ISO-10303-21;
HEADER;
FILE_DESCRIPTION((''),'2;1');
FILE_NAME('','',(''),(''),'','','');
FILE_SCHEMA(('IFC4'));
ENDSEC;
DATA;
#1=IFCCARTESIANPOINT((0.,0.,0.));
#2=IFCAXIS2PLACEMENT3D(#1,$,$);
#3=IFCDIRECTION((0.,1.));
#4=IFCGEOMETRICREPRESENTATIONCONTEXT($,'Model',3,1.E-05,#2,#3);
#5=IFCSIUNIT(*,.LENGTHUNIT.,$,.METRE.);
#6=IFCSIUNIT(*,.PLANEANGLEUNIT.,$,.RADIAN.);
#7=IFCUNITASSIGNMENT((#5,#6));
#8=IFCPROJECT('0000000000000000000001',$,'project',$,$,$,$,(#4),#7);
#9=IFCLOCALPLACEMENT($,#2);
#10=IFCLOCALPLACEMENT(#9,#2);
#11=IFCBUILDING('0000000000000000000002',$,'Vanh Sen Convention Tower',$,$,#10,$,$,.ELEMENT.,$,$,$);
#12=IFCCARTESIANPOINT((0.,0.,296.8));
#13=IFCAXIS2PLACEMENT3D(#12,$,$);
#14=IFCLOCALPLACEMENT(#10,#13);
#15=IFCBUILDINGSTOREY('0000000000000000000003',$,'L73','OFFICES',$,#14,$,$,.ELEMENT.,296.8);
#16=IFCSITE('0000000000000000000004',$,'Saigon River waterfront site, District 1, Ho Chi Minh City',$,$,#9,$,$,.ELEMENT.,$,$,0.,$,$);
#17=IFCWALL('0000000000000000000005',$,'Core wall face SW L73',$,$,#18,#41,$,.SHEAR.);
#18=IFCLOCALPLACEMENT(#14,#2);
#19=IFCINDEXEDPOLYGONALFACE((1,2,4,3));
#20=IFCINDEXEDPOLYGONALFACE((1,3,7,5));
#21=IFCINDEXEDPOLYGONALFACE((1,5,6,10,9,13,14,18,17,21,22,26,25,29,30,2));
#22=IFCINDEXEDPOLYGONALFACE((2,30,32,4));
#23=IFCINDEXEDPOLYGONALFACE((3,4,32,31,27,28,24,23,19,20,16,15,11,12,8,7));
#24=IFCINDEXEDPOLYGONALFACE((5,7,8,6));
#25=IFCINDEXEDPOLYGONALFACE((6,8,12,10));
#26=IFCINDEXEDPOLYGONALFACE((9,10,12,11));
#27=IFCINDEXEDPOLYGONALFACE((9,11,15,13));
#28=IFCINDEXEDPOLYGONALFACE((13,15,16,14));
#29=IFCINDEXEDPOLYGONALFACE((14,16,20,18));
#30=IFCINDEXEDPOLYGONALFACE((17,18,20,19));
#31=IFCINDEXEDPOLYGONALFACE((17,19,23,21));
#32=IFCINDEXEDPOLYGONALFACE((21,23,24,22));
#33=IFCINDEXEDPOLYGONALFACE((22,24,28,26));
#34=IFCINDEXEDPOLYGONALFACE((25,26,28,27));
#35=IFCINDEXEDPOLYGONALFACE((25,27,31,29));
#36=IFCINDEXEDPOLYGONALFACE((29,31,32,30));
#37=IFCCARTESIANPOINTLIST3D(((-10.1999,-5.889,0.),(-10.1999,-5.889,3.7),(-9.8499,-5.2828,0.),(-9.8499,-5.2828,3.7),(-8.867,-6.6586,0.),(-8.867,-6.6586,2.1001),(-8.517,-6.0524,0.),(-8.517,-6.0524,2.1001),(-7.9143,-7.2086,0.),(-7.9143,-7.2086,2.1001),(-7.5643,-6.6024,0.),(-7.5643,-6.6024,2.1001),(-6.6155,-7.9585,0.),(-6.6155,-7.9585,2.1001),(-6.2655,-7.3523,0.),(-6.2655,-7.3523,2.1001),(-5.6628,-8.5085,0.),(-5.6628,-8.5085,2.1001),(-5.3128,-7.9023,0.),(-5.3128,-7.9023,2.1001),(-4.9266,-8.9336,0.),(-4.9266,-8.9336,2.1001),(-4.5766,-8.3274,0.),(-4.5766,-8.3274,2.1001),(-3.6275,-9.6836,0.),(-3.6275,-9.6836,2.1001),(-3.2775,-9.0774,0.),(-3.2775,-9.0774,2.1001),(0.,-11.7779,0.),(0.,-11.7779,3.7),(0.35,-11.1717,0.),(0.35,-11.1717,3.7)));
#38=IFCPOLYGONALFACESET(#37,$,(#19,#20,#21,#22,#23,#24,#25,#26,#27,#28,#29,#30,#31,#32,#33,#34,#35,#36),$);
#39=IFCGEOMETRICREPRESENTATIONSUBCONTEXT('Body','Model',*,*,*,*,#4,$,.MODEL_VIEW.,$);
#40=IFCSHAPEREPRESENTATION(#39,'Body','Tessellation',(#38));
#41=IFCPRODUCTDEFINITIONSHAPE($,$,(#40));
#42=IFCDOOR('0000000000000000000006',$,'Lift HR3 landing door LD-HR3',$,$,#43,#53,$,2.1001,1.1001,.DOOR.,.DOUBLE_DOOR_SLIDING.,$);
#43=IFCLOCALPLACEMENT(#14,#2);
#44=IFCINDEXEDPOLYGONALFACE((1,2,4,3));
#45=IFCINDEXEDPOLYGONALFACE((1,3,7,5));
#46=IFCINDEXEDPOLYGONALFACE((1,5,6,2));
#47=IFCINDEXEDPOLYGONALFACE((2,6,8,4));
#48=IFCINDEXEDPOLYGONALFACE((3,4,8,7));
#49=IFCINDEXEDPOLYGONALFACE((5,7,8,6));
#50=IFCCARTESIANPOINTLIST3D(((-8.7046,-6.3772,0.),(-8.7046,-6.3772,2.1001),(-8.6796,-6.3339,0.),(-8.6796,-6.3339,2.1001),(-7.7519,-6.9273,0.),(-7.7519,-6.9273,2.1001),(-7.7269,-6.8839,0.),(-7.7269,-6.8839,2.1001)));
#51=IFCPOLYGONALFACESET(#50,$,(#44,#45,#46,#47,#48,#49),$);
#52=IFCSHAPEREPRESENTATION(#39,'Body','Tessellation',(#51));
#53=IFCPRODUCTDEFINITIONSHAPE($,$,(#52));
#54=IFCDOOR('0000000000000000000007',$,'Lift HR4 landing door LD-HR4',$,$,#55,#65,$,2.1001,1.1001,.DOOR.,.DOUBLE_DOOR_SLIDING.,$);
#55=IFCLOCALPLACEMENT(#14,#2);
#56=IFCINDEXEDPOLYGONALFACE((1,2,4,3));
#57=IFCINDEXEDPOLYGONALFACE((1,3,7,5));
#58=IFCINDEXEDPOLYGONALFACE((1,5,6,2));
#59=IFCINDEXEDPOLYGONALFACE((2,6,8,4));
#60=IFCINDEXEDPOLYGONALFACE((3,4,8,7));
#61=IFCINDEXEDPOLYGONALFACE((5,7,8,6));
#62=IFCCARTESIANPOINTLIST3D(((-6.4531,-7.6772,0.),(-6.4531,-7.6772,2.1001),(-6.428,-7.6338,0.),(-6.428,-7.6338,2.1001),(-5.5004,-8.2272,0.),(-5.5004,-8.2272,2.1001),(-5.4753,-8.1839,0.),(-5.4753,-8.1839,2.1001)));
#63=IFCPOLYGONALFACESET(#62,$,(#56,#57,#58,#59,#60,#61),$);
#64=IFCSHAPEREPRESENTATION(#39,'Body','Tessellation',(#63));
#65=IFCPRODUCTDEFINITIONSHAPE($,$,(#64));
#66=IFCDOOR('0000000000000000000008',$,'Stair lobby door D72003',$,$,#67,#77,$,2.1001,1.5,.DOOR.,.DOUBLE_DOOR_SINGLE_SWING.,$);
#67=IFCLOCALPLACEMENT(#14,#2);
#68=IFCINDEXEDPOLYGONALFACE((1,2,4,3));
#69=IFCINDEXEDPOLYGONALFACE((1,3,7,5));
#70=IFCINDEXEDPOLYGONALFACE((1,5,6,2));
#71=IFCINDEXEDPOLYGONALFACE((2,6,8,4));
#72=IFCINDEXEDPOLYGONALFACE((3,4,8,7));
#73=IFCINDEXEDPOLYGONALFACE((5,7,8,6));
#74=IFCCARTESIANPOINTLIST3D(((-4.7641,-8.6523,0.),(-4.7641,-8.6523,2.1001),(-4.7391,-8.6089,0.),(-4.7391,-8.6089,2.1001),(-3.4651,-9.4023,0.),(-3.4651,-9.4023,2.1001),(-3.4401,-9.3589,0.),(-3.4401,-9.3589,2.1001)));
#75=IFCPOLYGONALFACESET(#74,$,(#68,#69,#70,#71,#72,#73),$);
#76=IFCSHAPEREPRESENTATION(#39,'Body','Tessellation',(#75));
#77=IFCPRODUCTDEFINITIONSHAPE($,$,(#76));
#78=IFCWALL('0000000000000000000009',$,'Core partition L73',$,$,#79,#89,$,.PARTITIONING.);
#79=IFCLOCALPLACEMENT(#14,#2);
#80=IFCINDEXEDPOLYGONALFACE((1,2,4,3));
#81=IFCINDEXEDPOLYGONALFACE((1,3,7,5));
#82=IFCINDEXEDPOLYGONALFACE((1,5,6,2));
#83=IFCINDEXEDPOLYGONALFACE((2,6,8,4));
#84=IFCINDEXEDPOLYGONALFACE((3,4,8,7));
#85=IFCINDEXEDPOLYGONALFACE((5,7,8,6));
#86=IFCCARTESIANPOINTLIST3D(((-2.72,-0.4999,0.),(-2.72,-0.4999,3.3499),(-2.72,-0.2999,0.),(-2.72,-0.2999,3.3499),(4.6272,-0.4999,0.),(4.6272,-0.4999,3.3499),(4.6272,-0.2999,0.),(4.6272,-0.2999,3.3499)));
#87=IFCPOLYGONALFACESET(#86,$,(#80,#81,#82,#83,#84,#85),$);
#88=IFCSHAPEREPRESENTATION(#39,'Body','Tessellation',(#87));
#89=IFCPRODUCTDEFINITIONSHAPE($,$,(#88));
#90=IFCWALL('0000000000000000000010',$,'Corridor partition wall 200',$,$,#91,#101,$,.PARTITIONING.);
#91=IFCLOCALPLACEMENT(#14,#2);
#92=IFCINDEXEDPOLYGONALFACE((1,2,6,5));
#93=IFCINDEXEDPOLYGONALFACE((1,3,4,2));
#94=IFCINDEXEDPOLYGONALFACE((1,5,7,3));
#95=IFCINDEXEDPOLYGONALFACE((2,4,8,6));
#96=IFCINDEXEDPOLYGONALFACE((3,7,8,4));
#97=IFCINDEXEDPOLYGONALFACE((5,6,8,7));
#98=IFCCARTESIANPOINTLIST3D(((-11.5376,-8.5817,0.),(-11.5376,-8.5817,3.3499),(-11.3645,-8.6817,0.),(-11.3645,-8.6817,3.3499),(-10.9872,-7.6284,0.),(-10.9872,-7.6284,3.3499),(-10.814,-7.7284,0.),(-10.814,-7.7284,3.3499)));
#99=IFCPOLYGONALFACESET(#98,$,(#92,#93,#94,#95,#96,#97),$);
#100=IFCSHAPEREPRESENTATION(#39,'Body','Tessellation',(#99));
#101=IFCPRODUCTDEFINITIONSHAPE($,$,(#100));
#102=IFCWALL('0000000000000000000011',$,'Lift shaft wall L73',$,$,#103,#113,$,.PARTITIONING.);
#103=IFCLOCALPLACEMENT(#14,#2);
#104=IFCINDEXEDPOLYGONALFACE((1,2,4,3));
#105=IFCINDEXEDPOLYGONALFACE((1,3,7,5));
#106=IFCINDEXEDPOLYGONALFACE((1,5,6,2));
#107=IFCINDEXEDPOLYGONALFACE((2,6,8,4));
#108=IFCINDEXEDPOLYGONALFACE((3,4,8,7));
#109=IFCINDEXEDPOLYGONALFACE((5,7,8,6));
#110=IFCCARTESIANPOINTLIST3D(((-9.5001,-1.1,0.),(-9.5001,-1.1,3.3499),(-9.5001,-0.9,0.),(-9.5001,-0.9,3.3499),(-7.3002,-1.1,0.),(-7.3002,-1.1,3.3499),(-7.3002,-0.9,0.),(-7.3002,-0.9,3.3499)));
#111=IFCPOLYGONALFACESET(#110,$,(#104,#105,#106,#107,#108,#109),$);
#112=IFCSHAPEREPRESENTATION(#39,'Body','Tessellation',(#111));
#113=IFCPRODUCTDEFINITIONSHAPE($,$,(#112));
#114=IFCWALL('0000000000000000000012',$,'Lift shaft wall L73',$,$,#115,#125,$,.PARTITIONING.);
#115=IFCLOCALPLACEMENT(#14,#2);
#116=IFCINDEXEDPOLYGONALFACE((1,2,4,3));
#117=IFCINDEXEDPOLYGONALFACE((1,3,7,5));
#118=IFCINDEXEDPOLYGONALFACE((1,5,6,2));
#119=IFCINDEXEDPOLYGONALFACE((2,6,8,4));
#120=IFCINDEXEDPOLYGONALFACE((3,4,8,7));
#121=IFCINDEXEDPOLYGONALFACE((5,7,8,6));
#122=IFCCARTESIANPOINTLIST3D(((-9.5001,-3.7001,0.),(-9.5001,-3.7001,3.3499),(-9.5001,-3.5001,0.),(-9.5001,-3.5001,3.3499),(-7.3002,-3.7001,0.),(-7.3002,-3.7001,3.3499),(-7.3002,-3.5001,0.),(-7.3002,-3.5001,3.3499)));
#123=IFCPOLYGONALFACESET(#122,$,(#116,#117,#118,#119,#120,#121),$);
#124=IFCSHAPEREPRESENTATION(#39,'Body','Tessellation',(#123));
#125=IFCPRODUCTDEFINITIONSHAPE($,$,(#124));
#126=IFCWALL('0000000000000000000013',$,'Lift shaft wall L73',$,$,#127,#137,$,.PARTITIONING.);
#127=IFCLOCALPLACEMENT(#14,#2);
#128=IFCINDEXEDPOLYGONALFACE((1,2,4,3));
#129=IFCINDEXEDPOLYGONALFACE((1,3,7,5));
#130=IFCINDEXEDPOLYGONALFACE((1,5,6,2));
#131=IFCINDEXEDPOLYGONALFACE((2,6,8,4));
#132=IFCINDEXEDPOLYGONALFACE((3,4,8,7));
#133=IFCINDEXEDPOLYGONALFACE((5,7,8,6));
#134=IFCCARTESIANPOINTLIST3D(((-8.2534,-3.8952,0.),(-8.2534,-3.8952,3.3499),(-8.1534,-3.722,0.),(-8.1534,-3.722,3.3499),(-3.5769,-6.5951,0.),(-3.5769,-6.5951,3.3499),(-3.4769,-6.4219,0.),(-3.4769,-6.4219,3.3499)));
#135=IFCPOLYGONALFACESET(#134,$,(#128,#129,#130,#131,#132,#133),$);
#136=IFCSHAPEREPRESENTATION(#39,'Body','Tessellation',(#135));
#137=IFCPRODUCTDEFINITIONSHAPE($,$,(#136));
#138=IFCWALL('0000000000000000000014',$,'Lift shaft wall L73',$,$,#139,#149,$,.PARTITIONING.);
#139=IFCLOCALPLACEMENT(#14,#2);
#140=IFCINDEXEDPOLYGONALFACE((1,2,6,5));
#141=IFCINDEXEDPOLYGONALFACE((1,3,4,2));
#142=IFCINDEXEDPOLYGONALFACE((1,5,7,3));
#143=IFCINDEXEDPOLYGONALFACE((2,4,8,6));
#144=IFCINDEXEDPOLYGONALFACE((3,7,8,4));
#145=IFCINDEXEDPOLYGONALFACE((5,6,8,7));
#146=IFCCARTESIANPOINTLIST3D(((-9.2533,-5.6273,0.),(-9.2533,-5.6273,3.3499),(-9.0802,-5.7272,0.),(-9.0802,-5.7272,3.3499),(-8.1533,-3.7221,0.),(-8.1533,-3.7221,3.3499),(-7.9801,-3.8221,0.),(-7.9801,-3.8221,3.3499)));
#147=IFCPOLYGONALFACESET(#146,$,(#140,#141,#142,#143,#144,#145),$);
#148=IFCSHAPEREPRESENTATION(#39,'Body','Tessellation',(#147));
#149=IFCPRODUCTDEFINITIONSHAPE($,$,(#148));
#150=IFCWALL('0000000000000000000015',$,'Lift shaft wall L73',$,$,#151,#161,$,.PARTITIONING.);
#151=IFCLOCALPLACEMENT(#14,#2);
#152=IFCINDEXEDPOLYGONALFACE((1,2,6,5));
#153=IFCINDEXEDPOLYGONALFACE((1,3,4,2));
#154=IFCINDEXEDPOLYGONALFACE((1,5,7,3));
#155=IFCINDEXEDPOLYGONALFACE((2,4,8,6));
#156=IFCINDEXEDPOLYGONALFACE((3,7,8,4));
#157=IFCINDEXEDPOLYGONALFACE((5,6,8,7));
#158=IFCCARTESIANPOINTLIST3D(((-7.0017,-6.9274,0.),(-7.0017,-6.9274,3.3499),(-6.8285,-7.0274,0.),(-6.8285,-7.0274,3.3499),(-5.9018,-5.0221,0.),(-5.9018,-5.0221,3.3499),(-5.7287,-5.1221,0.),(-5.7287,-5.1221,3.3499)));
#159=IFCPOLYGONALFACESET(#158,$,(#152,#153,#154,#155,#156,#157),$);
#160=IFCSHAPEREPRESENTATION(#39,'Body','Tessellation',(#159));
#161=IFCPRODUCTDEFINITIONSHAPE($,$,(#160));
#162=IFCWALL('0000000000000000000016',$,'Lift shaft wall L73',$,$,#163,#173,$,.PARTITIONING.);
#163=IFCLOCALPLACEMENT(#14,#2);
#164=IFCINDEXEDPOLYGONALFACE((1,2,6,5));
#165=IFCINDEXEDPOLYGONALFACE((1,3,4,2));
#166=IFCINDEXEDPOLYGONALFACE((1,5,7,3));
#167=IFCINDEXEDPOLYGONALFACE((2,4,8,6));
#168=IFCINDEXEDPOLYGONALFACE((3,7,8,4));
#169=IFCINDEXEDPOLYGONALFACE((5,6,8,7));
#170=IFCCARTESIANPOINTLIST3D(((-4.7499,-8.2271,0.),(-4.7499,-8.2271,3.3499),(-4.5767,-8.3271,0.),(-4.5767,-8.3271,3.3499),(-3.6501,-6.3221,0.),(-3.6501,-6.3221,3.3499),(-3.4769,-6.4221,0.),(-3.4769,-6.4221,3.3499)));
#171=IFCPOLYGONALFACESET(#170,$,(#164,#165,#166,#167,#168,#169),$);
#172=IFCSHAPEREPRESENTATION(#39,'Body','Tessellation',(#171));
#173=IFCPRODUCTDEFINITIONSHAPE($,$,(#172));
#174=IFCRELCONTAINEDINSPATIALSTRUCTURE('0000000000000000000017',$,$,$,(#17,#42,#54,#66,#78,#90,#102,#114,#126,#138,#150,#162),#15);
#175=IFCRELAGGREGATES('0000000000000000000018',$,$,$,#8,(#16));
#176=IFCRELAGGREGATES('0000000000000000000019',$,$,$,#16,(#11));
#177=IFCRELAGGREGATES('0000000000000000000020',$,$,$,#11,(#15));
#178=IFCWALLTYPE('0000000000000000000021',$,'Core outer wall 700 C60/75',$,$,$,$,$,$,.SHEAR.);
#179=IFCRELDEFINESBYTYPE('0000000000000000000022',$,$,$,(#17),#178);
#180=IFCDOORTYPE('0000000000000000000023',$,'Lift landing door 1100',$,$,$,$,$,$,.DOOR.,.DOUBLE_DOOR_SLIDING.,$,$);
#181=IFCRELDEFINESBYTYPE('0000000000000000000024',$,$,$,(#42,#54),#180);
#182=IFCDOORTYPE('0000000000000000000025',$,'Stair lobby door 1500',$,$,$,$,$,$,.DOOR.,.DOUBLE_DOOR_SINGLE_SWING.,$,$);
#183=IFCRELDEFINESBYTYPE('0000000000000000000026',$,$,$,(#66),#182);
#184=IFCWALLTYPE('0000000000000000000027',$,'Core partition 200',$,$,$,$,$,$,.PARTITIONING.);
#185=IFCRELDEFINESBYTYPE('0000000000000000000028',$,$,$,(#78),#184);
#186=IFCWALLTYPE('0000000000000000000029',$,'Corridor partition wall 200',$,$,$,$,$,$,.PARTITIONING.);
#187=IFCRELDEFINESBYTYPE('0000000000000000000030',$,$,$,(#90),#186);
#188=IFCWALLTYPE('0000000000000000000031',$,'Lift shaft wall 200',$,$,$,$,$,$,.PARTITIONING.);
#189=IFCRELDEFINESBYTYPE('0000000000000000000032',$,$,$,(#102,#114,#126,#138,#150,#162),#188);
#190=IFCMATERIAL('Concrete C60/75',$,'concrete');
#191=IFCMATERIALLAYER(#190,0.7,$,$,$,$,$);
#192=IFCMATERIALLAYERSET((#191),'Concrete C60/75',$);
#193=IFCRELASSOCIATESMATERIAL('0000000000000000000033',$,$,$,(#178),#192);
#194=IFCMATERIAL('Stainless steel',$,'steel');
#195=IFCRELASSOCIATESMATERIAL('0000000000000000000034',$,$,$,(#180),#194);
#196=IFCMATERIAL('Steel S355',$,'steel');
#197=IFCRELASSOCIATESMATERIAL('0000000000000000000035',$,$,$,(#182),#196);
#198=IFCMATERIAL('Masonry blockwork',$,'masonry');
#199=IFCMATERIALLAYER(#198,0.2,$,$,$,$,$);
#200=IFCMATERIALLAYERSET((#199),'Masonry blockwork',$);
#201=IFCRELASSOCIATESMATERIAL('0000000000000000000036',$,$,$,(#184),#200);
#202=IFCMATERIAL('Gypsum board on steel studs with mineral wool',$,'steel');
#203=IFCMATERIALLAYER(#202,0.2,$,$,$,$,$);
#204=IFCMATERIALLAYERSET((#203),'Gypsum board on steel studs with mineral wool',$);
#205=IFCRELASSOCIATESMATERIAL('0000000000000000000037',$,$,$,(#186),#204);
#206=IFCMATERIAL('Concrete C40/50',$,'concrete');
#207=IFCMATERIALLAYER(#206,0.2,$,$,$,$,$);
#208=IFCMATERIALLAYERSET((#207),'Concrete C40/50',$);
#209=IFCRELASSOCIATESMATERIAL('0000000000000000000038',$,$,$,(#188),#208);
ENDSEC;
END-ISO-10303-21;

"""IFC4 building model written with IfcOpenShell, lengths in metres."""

from ifc_helpers import new_model, si_unit, direction, frame, frame_2d, origin, place, context, subcontext, project, spatial, rectangle, extrude, material, layer, layer_set, type_object, element, fill, save


model = new_model("IFC4")

# Units and contexts
model_context = context("Model", 3, precision=1e-05, world=origin(), true_north=direction((0.0, 1.0)))
body_context = subcontext(model_context, "Body", "Model", "MODEL_VIEW")
ifc_project = project(units=[si_unit("LENGTHUNIT", "METRE"), si_unit("PLANEANGLEUNIT", "RADIAN")], contexts=[model_context])

# Site, building, storey
site_placement = place(None, origin())
site = spatial("IfcSite", under=ifc_project, at=site_placement, Name="Saigon River waterfront site, District 1, Ho Chi Minh City", CompositionType="ELEMENT", RefElevation=0.0)
building_placement = place(site_placement, origin())
building = spatial("IfcBuilding", under=site, at=building_placement, Name="Vanh Sen Convention Tower", CompositionType="ELEMENT")
storey_placement = place(building_placement, frame((0.0, 0.0, 296.8)))
storey = spatial("IfcBuildingStorey", under=building, at=storey_placement, Name="L73", Description="OFFICES", CompositionType="ELEMENT", Elevation=296.8)

# Shared definitions
ifc_material_1 = material(Name="Concrete C40/50", Category="concrete")

# Wall, openings, doors
ifc_material_2 = material(Name="Concrete C60/75", Category="concrete")
ifc_layer_1 = layer(ifc_material_2, 0.7)
ifc_layer_set_1 = layer_set([ifc_layer_1], Name="Concrete C60/75")
wall_type_1 = type_object("IfcWallType", Name="Core outer wall 700 C60/75", PredefinedType="SHEAR", material=ifc_layer_set_1)
wall_1_placement = place(storey_placement, frame((-10.0249, -5.5859, 0.0), z_axis=(0.0, 0.0, 1.0), x_axis=(0.866026, -0.499998, 0.0)))
wall_1 = element("IfcWall", 1, at=wall_1_placement, inside=storey, type_object=wall_type_1, Name="Core wall face SW L73", PredefinedType="SHEAR", context=body_context, shape_type="SweptSolid", body=[
    extrude(rectangle(XDim=11.7778, YDim=0.7, at=frame_2d((5.8889, 0.0))), origin(), (0.0, 0.0, 1.0), 3.7),
])
opening_1_placement = place(wall_1_placement, frame((6.0891, 0.0, 0.0)))
opening_1 = element("IfcOpeningElement", 2, at=opening_1_placement, cuts=wall_1, PredefinedType="OPENING", context=body_context, shape_type="SweptSolid", body=[
    extrude(rectangle(XDim=1.5, YDim=2.1001, at=frame_2d((0.75, 1.05))), frame((0.0, 0.3599, 0.0), z_axis=(0.0, -1.0, 0.0), x_axis=(1.0, 0.0, 0.0)), (0.0, 0.0, 1.0), 0.72),
])
opening_2_placement = place(wall_1_placement, frame((1.5391, 0.0, 0.0)))
opening_2 = element("IfcOpeningElement", 3, at=opening_2_placement, cuts=wall_1, PredefinedType="OPENING", context=body_context, shape_type="SweptSolid", body=[
    extrude(rectangle(XDim=1.1001, YDim=2.1001, at=frame_2d((0.55, 1.05))), frame((0.0, 0.3599, 0.0), z_axis=(0.0, -1.0, 0.0), x_axis=(1.0, 0.0, 0.0)), (0.0, 0.0, 1.0), 0.72),
])
opening_3_placement = place(wall_1_placement, frame((4.1389, 0.0, 0.0)))
opening_3 = element("IfcOpeningElement", 4, at=opening_3_placement, cuts=wall_1, PredefinedType="OPENING", context=body_context, shape_type="SweptSolid", body=[
    extrude(rectangle(XDim=1.1001, YDim=2.1001, at=frame_2d((0.55, 1.05))), frame((0.0, 0.3599, 0.0), z_axis=(0.0, -1.0, 0.0), x_axis=(1.0, 0.0, 0.0)), (0.0, 0.0, 1.0), 0.72),
])
ifc_material_3 = material(Name="Stainless steel", Category="steel")
door_type_1 = type_object("IfcDoorType", Name="Lift landing door 1100", OperationType="DOUBLE_DOOR_SLIDING", PredefinedType="DOOR", material=ifc_material_3)
door_1_placement = place(opening_2_placement, origin())
door_1 = element("IfcDoor", 5, at=door_1_placement, inside=storey, type_object=door_type_1, Name="Lift HR3 landing door LD-HR3", OperationType="DOUBLE_DOOR_SLIDING", OverallHeight=2.1001, OverallWidth=1.1001, PredefinedType="DOOR", context=body_context, shape_type="SweptSolid", body=[
    extrude(rectangle(XDim=1.1001, YDim=2.1001, at=frame_2d((0.55, 1.05))), frame((0.0, 0.0249, 0.0), z_axis=(0.0, -1.0, 0.0), x_axis=(1.0, 0.0, 0.0)), (0.0, 0.0, 1.0), 0.05),
])
fill(opening_2, door_1)
door_2_placement = place(opening_3_placement, origin())
door_2 = element("IfcDoor", 6, at=door_2_placement, inside=storey, type_object=door_type_1, Name="Lift HR4 landing door LD-HR4", OperationType="DOUBLE_DOOR_SLIDING", OverallHeight=2.1001, OverallWidth=1.1001, PredefinedType="DOOR", context=body_context, shape_type="SweptSolid", body=[
    extrude(rectangle(XDim=1.1001, YDim=2.1001, at=frame_2d((0.55, 1.05))), frame((0.0, 0.0249, 0.0), z_axis=(0.0, -1.0, 0.0), x_axis=(1.0, 0.0, 0.0)), (0.0, 0.0, 1.0), 0.05),
])
fill(opening_3, door_2)
ifc_material_4 = material(Name="Steel S355", Category="steel")
door_type_2 = type_object("IfcDoorType", Name="Stair lobby door 1500", OperationType="DOUBLE_DOOR_SINGLE_SWING", PredefinedType="DOOR", material=ifc_material_4)
door_3_placement = place(opening_1_placement, origin())
door_3 = element("IfcDoor", 7, at=door_3_placement, inside=storey, type_object=door_type_2, Name="Stair lobby door D72003", OperationType="DOUBLE_DOOR_SINGLE_SWING", OverallHeight=2.1001, OverallWidth=1.5, PredefinedType="DOOR", context=body_context, shape_type="SweptSolid", body=[
    extrude(rectangle(XDim=1.5, YDim=2.1001, at=frame_2d((0.75, 1.05))), frame((0.0, 0.0249, 0.0), z_axis=(0.0, -1.0, 0.0), x_axis=(1.0, 0.0, 0.0)), (0.0, 0.0, 1.0), 0.05),
])
fill(opening_1, door_3)

# Walls
ifc_material_5 = material(Name="Masonry blockwork", Category="masonry")
ifc_layer_2 = layer(ifc_material_5, 0.2)
ifc_layer_set_2 = layer_set([ifc_layer_2], Name="Masonry blockwork")
wall_type_2 = type_object("IfcWallType", Name="Core partition 200", PredefinedType="PARTITIONING", material=ifc_layer_set_2)
wall_2_placement = place(storey_placement, frame((-2.72, -0.3999, 0.0), z_axis=(0.0, 0.0, 1.0), x_axis=(1.0, 0.0, 0.0)))
element("IfcWall", 8, at=wall_2_placement, inside=storey, type_object=wall_type_2, Name="Core partition L73", PredefinedType="PARTITIONING", context=body_context, shape_type="SweptSolid", body=[
    extrude(rectangle(XDim=7.3472, YDim=0.2, at=frame_2d((3.6736, 0.0))), origin(), (0.0, 0.0, 1.0), 3.3499),
])
ifc_material_6 = material(Name="Gypsum board on steel studs with mineral wool", Category="steel")
ifc_layer_3 = layer(ifc_material_6, 0.2)
ifc_layer_set_3 = layer_set([ifc_layer_3], Name="Gypsum board on steel studs with mineral wool")
wall_type_3 = type_object("IfcWallType", Name="Corridor partition wall 200", PredefinedType="PARTITIONING", material=ifc_layer_set_3)
wall_3_placement = place(storey_placement, frame((-10.9006, -7.6785, 0.0), z_axis=(0.0, 0.0, 1.0), x_axis=(-0.500074, -0.865982, 0.0)))
element("IfcWall", 9, at=wall_3_placement, inside=storey, type_object=wall_type_3, Name="Corridor partition wall 200", PredefinedType="PARTITIONING", context=body_context, shape_type="SweptSolid", body=[
    extrude(rectangle(XDim=1.1008, YDim=0.2, at=frame_2d((0.5503, 0.0))), origin(), (0.0, 0.0, 1.0), 3.3499),
])
ifc_layer_4 = layer(ifc_material_1, 0.2)
ifc_layer_set_4 = layer_set([ifc_layer_4], Name="Concrete C40/50")
wall_type_4 = type_object("IfcWallType", Name="Lift shaft wall 200", PredefinedType="PARTITIONING", material=ifc_layer_set_4)
for number, where, z_axis, x_axis, name in (
    (10, (-7.3, -1.0, 0.0), (0.0, 0.0, 1.0), (-1.0, 0.0, 0.0), "Lift shaft wall L73"),
    (11, (-7.3, -3.6001, 0.0), (0.0, 0.0, 1.0), (-1.0, 0.0, 0.0), "Lift shaft wall L73"),
):
    element("IfcWall", number, at=place(storey_placement, frame(where, z_axis=z_axis, x_axis=x_axis)), inside=storey, type_object=wall_type_4, Name=name, PredefinedType="PARTITIONING", context=body_context, shape_type="SweptSolid", body=[
        extrude(rectangle(XDim=2.2, YDim=0.2, at=frame_2d((1.1001, 0.0))), origin(), (0.0, 0.0, 1.0), 3.3499),
    ])
wall_4_placement = place(storey_placement, frame((-8.2034, -3.8086, 0.0), z_axis=(0.0, 0.0, 1.0), x_axis=(0.866028, -0.499995, 0.0)))
element("IfcWall", 12, at=wall_4_placement, inside=storey, type_object=wall_type_4, Name="Lift shaft wall L73", PredefinedType="PARTITIONING", context=body_context, shape_type="SweptSolid", body=[
    extrude(rectangle(XDim=5.3999, YDim=0.2, at=frame_2d((2.7, 0.0))), origin(), (0.0, 0.0, 1.0), 3.3499),
])
for number, where, z_axis, x_axis, name in (
    (13, (-8.0667, -3.772, 0.0), (0.0, 0.0, 1.0), (-0.50003, -0.866008, 0.0), "Lift shaft wall L73"),
    (14, (-5.8152, -5.072, 0.0), (0.0, 0.0, 1.0), (-0.499947, -0.866056, 0.0), "Lift shaft wall L73"),
):
    element("IfcWall", number, at=place(storey_placement, frame(where, z_axis=z_axis, x_axis=x_axis)), inside=storey, type_object=wall_type_4, Name=name, PredefinedType="PARTITIONING", context=body_context, shape_type="SweptSolid", body=[
        extrude(rectangle(XDim=2.2, YDim=0.2, at=frame_2d((1.1001, 0.0))), origin(), (0.0, 0.0, 1.0), 3.3499),
    ])
wall_5_placement = place(storey_placement, frame((-3.5635, -6.3721, 0.0), z_axis=(0.0, 0.0, 1.0), x_axis=(-0.499995, -0.866028, 0.0)))
element("IfcWall", 15, at=wall_5_placement, inside=storey, type_object=wall_type_4, Name="Lift shaft wall L73", PredefinedType="PARTITIONING", context=body_context, shape_type="SweptSolid", body=[
    extrude(rectangle(XDim=2.1997, YDim=0.2, at=frame_2d((1.0999, 0.0))), origin(), (0.0, 0.0, 1.0), 3.3499),
])

save(model, "model.ifc")
